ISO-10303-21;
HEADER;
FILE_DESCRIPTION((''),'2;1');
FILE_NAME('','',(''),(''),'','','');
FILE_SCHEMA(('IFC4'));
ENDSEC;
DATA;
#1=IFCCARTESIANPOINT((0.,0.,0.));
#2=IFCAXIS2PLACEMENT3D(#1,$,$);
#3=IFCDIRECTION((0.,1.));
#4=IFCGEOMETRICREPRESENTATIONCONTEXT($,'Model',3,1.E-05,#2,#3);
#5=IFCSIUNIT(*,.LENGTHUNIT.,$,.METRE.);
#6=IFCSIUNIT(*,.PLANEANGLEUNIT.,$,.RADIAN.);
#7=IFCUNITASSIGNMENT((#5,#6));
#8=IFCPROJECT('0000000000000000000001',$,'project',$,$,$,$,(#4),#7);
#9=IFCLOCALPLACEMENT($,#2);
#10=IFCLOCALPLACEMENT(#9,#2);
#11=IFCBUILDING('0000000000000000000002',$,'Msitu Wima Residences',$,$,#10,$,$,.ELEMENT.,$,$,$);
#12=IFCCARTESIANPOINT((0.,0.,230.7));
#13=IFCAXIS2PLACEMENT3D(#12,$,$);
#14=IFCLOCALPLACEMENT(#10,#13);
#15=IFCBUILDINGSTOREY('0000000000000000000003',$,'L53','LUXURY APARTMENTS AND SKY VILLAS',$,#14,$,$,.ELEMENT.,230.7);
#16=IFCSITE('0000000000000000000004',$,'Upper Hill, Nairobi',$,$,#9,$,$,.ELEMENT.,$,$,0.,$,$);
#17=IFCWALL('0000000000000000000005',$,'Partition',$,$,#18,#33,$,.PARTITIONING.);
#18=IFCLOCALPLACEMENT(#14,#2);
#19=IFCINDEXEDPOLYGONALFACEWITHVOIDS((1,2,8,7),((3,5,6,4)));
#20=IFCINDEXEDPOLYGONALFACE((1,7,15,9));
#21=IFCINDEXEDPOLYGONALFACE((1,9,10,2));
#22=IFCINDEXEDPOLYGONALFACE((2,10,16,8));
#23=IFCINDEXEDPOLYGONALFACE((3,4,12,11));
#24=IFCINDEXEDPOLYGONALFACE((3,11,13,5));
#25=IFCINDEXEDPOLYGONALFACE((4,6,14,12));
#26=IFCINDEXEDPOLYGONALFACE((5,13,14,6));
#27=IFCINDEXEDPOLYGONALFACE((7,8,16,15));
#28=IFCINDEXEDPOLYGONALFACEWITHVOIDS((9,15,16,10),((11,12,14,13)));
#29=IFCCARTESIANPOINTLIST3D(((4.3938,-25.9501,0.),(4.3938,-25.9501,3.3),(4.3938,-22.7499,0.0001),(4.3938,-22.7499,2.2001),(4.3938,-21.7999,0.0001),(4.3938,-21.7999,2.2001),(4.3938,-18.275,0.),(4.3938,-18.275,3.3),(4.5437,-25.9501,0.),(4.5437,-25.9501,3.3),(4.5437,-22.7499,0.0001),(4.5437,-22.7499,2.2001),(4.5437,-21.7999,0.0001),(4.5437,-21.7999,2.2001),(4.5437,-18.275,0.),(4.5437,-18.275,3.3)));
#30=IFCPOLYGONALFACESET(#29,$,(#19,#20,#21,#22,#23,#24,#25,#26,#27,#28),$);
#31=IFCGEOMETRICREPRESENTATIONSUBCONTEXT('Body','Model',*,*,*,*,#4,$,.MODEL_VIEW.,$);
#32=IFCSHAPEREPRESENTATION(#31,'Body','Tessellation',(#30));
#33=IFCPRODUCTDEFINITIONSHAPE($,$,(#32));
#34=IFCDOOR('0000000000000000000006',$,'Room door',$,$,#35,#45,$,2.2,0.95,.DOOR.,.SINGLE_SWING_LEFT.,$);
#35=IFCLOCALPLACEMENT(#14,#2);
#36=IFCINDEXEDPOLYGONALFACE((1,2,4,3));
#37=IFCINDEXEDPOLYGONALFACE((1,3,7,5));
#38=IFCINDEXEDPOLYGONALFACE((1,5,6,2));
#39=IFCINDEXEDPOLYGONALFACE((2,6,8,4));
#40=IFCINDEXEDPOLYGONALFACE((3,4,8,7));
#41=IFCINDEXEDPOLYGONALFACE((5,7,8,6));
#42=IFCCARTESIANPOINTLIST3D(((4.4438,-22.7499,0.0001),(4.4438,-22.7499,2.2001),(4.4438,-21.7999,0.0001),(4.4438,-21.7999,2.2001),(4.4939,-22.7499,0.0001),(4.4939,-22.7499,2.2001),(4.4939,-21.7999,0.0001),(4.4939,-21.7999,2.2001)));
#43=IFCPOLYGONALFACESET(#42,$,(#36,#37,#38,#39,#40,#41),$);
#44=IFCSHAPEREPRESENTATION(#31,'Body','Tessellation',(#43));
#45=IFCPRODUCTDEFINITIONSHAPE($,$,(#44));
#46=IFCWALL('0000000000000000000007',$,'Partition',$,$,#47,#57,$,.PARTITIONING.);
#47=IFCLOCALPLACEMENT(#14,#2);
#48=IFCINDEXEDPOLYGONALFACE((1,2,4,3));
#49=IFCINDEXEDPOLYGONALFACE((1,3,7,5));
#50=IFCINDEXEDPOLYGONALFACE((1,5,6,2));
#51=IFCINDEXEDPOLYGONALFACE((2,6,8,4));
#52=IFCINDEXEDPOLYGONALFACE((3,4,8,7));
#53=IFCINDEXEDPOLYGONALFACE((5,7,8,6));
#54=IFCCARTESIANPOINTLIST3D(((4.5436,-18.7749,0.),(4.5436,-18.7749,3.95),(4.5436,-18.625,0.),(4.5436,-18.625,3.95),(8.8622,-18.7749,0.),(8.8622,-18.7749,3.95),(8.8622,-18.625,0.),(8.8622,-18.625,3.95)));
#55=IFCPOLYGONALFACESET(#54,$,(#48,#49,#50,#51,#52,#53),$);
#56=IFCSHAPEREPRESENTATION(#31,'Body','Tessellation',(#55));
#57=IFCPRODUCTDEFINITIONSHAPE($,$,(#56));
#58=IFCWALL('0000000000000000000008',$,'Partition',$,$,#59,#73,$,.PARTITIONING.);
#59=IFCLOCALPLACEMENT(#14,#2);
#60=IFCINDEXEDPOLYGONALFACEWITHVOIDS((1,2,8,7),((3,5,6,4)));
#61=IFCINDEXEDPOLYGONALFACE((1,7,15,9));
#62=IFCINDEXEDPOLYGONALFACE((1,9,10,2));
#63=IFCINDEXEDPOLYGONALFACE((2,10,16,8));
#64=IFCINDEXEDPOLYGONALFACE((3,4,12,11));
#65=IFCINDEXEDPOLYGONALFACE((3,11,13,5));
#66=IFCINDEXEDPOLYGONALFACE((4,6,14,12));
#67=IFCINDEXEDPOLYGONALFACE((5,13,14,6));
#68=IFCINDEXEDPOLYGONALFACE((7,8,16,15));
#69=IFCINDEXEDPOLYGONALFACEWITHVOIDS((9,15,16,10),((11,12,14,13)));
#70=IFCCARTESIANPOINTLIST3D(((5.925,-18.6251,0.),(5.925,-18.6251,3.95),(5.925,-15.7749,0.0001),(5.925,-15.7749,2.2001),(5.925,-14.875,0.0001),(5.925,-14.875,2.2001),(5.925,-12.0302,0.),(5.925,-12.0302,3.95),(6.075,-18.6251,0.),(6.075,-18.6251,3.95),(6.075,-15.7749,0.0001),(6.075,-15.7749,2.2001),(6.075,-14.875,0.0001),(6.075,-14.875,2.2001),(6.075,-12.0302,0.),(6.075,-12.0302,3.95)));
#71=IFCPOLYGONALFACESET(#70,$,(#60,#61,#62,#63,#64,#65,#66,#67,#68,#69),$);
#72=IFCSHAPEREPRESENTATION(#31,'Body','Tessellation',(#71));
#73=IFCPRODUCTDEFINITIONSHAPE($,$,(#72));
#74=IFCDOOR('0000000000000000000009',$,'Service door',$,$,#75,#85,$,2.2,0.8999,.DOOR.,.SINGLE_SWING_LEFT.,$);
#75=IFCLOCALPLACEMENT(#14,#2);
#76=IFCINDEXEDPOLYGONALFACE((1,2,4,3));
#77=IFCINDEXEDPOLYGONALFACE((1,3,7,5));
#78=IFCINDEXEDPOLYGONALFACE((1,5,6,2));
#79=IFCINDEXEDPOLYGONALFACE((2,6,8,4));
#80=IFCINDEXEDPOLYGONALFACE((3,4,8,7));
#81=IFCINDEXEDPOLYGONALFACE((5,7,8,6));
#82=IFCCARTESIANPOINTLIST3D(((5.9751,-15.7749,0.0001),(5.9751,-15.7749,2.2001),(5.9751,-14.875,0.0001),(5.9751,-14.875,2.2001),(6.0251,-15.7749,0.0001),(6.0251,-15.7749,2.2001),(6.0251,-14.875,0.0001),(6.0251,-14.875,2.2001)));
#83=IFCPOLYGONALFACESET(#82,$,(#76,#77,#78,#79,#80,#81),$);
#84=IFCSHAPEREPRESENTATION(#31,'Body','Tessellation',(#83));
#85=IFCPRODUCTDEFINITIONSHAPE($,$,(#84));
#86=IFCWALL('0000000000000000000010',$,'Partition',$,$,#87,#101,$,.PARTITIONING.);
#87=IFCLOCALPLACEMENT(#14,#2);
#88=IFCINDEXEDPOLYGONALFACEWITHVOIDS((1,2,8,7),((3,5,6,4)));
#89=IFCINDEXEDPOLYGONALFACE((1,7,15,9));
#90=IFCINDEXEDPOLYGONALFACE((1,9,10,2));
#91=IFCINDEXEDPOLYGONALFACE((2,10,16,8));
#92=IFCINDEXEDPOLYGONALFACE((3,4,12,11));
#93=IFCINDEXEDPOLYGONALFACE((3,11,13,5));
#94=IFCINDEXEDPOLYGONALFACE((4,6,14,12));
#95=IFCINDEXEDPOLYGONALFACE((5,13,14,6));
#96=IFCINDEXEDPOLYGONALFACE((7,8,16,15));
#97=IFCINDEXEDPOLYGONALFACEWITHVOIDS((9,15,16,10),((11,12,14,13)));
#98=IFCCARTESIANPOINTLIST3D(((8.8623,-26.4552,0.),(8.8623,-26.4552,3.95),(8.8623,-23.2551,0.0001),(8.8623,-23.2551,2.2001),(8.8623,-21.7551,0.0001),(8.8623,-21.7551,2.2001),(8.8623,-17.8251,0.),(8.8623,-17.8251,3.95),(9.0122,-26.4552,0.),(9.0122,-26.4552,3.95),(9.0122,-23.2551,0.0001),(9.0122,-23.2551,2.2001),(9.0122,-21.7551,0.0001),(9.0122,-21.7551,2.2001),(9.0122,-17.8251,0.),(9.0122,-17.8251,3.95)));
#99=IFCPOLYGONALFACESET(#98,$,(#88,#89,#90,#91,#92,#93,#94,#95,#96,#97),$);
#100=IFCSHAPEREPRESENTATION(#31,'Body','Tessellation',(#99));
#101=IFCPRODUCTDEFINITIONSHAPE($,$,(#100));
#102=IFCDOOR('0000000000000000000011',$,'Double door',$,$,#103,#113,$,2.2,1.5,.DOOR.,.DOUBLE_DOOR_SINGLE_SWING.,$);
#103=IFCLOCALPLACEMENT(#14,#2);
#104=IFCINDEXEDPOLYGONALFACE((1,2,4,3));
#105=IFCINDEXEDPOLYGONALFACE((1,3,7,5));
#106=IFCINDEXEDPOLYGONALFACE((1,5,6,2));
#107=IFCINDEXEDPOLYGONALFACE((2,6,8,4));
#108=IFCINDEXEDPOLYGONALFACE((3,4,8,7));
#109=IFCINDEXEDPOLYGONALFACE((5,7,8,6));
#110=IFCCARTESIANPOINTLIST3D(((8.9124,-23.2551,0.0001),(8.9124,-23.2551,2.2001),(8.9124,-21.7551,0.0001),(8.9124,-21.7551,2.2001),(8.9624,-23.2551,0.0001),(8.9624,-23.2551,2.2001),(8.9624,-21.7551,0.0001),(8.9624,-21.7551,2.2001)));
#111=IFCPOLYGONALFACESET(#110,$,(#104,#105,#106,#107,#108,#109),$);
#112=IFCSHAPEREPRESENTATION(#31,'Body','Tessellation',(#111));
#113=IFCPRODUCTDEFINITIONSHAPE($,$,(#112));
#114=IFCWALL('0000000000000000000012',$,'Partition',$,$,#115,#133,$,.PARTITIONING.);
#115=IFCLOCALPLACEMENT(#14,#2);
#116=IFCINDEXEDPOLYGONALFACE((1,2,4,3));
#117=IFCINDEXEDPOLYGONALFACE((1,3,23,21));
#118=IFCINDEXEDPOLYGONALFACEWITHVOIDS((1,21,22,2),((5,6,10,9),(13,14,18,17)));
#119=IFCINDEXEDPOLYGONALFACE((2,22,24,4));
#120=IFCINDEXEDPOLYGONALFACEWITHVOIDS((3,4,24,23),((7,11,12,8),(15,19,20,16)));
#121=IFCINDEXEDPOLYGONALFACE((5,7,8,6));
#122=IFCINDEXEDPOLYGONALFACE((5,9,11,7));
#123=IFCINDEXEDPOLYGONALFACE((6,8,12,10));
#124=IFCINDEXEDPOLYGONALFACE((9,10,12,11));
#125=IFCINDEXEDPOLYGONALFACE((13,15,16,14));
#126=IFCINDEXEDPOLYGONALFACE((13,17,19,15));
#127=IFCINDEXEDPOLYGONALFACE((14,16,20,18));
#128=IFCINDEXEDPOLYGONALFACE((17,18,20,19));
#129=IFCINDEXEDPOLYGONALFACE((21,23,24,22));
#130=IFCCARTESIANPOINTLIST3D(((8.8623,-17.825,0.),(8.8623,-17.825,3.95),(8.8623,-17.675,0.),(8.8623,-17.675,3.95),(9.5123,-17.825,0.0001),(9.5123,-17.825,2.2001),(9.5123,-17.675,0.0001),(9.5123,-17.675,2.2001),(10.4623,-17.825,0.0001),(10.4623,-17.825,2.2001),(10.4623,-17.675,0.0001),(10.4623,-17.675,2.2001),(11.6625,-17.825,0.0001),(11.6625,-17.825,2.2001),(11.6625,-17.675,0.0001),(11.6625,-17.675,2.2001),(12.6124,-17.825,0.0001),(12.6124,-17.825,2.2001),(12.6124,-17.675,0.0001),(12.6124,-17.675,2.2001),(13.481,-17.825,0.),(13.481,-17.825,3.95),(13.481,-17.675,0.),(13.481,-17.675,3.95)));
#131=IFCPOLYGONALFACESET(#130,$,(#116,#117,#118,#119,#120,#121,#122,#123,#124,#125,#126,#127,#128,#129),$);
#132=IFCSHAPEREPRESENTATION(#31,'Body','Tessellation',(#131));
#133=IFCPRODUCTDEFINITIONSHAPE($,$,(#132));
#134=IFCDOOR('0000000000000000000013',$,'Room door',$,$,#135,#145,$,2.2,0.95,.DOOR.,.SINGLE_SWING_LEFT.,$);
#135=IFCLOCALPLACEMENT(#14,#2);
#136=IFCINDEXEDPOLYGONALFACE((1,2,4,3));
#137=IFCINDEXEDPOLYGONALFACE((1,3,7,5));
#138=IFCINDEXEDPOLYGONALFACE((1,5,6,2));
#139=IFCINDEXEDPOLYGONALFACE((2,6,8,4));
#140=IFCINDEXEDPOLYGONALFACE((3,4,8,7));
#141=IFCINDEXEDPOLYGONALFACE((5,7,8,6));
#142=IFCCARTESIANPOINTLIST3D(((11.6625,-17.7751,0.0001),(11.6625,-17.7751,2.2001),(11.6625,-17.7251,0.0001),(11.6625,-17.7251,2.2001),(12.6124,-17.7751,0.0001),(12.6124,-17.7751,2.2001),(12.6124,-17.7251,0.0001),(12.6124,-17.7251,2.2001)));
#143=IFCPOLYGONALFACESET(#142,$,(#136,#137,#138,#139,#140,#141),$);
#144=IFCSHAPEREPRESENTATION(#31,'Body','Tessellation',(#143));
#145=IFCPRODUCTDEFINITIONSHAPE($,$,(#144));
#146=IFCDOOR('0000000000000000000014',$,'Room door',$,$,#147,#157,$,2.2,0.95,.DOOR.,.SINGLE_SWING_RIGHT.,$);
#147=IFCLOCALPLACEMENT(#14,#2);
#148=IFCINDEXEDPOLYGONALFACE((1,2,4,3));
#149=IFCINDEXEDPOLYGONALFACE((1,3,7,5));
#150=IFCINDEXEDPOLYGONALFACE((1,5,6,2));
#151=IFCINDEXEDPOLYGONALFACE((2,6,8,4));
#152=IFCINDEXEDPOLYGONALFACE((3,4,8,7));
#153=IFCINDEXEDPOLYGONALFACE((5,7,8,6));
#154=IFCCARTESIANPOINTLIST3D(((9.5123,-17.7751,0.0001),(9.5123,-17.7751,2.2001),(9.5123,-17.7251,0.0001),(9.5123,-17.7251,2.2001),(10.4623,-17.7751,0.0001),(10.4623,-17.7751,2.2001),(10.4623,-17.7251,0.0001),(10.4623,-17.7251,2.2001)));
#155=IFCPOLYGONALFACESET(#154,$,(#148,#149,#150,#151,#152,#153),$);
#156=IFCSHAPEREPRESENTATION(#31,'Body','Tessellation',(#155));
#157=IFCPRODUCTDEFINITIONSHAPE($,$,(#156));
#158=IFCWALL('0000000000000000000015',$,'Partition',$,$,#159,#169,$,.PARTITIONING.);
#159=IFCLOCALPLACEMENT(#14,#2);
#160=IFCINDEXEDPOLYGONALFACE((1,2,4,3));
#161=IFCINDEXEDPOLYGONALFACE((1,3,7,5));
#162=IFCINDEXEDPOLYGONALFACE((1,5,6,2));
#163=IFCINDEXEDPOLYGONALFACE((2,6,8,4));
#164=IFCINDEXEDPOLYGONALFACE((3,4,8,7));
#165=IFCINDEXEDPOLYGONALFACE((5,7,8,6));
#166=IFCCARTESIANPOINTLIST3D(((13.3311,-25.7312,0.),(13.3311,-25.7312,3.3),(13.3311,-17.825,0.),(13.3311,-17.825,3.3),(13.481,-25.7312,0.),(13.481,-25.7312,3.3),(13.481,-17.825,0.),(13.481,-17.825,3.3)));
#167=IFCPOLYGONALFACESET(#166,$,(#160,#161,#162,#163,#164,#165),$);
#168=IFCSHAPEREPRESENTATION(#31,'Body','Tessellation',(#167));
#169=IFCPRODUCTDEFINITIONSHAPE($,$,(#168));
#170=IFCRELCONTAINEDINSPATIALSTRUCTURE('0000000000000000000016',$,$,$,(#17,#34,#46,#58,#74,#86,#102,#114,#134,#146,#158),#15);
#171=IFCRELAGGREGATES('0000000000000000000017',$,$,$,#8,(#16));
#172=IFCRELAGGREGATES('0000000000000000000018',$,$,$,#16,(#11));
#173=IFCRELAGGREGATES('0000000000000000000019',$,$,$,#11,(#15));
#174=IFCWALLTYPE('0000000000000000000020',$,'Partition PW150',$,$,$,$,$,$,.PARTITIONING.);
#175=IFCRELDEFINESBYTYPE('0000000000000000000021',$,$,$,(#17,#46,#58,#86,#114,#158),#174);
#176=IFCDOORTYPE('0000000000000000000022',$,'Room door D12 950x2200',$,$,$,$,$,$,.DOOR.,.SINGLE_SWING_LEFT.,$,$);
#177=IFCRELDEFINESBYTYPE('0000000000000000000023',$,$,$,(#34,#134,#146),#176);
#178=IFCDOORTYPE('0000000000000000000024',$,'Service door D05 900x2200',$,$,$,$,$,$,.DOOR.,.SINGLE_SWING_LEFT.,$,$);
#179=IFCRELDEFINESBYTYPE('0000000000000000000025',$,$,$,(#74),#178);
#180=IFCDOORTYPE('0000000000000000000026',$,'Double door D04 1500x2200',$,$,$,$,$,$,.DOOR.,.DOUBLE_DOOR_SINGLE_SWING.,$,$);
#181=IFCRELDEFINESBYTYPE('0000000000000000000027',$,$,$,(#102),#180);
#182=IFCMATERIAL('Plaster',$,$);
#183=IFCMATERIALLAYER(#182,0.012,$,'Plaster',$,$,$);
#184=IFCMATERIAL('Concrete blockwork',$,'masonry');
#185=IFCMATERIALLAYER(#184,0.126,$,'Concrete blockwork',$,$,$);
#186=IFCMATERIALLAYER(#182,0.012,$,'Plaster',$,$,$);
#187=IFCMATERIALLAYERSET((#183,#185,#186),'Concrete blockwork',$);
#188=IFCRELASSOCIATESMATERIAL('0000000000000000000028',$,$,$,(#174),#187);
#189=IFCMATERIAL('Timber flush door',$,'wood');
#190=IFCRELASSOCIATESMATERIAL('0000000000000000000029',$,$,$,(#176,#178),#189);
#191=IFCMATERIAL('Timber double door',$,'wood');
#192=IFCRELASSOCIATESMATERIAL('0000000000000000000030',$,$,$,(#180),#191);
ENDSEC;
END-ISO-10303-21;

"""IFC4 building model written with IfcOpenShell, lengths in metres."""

from ifc_helpers import new_model, si_unit, direction, frame, frame_2d, origin, place, context, subcontext, project, spatial, rectangle, extrude, material, layer, layer_set, type_object, element, fill, save


model = new_model("IFC4")

# Units and contexts
model_context = context("Model", 3, precision=1e-05, world=origin(), true_north=direction((0.0, 1.0)))
body_context = subcontext(model_context, "Body", "Model", "MODEL_VIEW")
ifc_project = project(units=[si_unit("LENGTHUNIT", "METRE"), si_unit("PLANEANGLEUNIT", "RADIAN")], contexts=[model_context])

# Site, building, storey
site_placement = place(None, origin())
site = spatial("IfcSite", under=ifc_project, at=site_placement, Name="Upper Hill, Nairobi", CompositionType="ELEMENT", RefElevation=0.0)
building_placement = place(site_placement, origin())
building = spatial("IfcBuilding", under=site, at=building_placement, Name="Msitu Wima Residences", CompositionType="ELEMENT")
storey_placement = place(building_placement, frame((0.0, 0.0, 230.7)))
storey = spatial("IfcBuildingStorey", under=building, at=storey_placement, Name="L53", Description="LUXURY APARTMENTS AND SKY VILLAS", CompositionType="ELEMENT", Elevation=230.7)

# Shared definitions
ifc_material_1 = material(Name="Plaster")
ifc_layer_1 = layer(ifc_material_1, 0.012, Name="Plaster")
ifc_material_2 = material(Name="Concrete blockwork", Category="masonry")
ifc_layer_2 = layer(ifc_material_2, 0.126, Name="Concrete blockwork")
ifc_layer_3 = layer(ifc_material_1, 0.012, Name="Plaster")
ifc_layer_set_1 = layer_set([ifc_layer_1, ifc_layer_2, ifc_layer_3], Name="Concrete blockwork")
wall_type_1 = type_object("IfcWallType", Name="Partition PW150", PredefinedType="PARTITIONING", material=ifc_layer_set_1)

# Wall, opening, door
wall_1_placement = place(storey_placement, frame((4.4688, -25.95, 0.0), z_axis=(0.0, 0.0, 1.0), x_axis=(0.0, 1.0, 0.0)))
wall_1 = element("IfcWall", 1, at=wall_1_placement, inside=storey, type_object=wall_type_1, Name="Partition", PredefinedType="PARTITIONING", context=body_context, shape_type="SweptSolid", body=[
    extrude(rectangle(XDim=7.675, YDim=0.1499, at=frame_2d((3.8374, 0.0))), origin(), (0.0, 0.0, 1.0), 3.3),
])
opening_1_placement = place(wall_1_placement, frame((3.2, 0.0, 0.0)))
opening_1 = element("IfcOpeningElement", 2, at=opening_1_placement, cuts=wall_1, PredefinedType="OPENING", context=body_context, shape_type="SweptSolid", body=[
    extrude(rectangle(XDim=0.95, YDim=2.2, at=frame_2d((0.4751, 1.1001))), frame((0.0, 0.085, 0.0), z_axis=(0.0, -1.0, 0.0), x_axis=(1.0, 0.0, 0.0)), (0.0, 0.0, 1.0), 0.1699),
])
ifc_material_3 = material(Name="Timber flush door", Category="wood")
door_type_1 = type_object("IfcDoorType", Name="Room door D12 950x2200", OperationType="SINGLE_SWING_LEFT", PredefinedType="DOOR", material=ifc_material_3)
door_1_placement = place(opening_1_placement, origin())
door_1 = element("IfcDoor", 3, at=door_1_placement, inside=storey, type_object=door_type_1, Name="Room door", OperationType="SINGLE_SWING_LEFT", OverallHeight=2.2, OverallWidth=0.95, PredefinedType="DOOR", context=body_context, shape_type="SweptSolid", body=[
    extrude(rectangle(XDim=0.95, YDim=2.2, at=frame_2d((0.4751, 1.1001))), frame((0.0, 0.0249, 0.0), z_axis=(0.0, -1.0, 0.0), x_axis=(1.0, 0.0, 0.0)), (0.0, 0.0, 1.0), 0.05),
])
fill(opening_1, door_1)

# Wall
wall_2_placement = place(storey_placement, frame((4.5437, -18.7, 0.0), z_axis=(0.0, 0.0, 1.0), x_axis=(1.0, 0.0, 0.0)))
element("IfcWall", 4, at=wall_2_placement, inside=storey, type_object=wall_type_1, Name="Partition", PredefinedType="PARTITIONING", context=body_context, shape_type="SweptSolid", body=[
    extrude(rectangle(XDim=4.3186, YDim=0.1499, at=frame_2d((2.1592, 0.0))), origin(), (0.0, 0.0, 1.0), 3.95),
])

# Walls, openings, doors
wall_3_placement = place(storey_placement, frame((6.0, -18.625, 0.0), z_axis=(0.0, 0.0, 1.0), x_axis=(0.0, 1.0, 0.0)))
wall_3 = element("IfcWall", 5, at=wall_3_placement, inside=storey, type_object=wall_type_1, Name="Partition", PredefinedType="PARTITIONING", context=body_context, shape_type="SweptSolid", body=[
    extrude(rectangle(XDim=6.595, YDim=0.1499, at=frame_2d((3.2974, 0.0))), origin(), (0.0, 0.0, 1.0), 3.95),
])
opening_2_placement = place(wall_3_placement, frame((2.8501, 0.0, 0.0)))
opening_2 = element("IfcOpeningElement", 6, at=opening_2_placement, cuts=wall_3, PredefinedType="OPENING", context=body_context, shape_type="SweptSolid", body=[
    extrude(rectangle(XDim=0.8999, YDim=2.2, at=frame_2d((0.45, 1.1001))), frame((0.0, 0.085, 0.0), z_axis=(0.0, -1.0, 0.0), x_axis=(1.0, 0.0, 0.0)), (0.0, 0.0, 1.0), 0.1699),
])
door_type_2 = type_object("IfcDoorType", Name="Service door D05 900x2200", OperationType="SINGLE_SWING_LEFT", PredefinedType="DOOR", material=ifc_material_3)
door_2_placement = place(opening_2_placement, origin())
door_2 = element("IfcDoor", 7, at=door_2_placement, inside=storey, type_object=door_type_2, Name="Service door", OperationType="SINGLE_SWING_LEFT", OverallHeight=2.2, OverallWidth=0.8999, PredefinedType="DOOR", context=body_context, shape_type="SweptSolid", body=[
    extrude(rectangle(XDim=0.8999, YDim=2.2, at=frame_2d((0.45, 1.1001))), frame((0.0, 0.0249, 0.0), z_axis=(0.0, -1.0, 0.0), x_axis=(1.0, 0.0, 0.0)), (0.0, 0.0, 1.0), 0.05),
])
fill(opening_2, door_2)
wall_4_placement = place(storey_placement, frame((8.9373, -26.4551, 0.0), z_axis=(0.0, 0.0, 1.0), x_axis=(0.0, 1.0, 0.0)))
wall_4 = element("IfcWall", 8, at=wall_4_placement, inside=storey, type_object=wall_type_1, Name="Partition", PredefinedType="PARTITIONING", context=body_context, shape_type="SweptSolid", body=[
    extrude(rectangle(XDim=8.6301, YDim=0.1499, at=frame_2d((4.3149, 0.0))), origin(), (0.0, 0.0, 1.0), 3.95),
])
opening_3_placement = place(wall_4_placement, frame((3.2, 0.0, 0.0)))
opening_3 = element("IfcOpeningElement", 9, at=opening_3_placement, cuts=wall_4, PredefinedType="OPENING", context=body_context, shape_type="SweptSolid", body=[
    extrude(rectangle(XDim=1.5, YDim=2.2, at=frame_2d((0.75, 1.1001))), frame((0.0, 0.085, 0.0), z_axis=(0.0, -1.0, 0.0), x_axis=(1.0, 0.0, 0.0)), (0.0, 0.0, 1.0), 0.1699),
])
ifc_material_4 = material(Name="Timber double door", Category="wood")
door_type_3 = type_object("IfcDoorType", Name="Double door D04 1500x2200", OperationType="DOUBLE_DOOR_SINGLE_SWING", PredefinedType="DOOR", material=ifc_material_4)
door_3_placement = place(opening_3_placement, origin())
door_3 = element("IfcDoor", 10, at=door_3_placement, inside=storey, type_object=door_type_3, Name="Double door", OperationType="DOUBLE_DOOR_SINGLE_SWING", OverallHeight=2.2, OverallWidth=1.5, PredefinedType="DOOR", context=body_context, shape_type="SweptSolid", body=[
    extrude(rectangle(XDim=1.5, YDim=2.2, at=frame_2d((0.75, 1.1001))), frame((0.0, 0.0249, 0.0), z_axis=(0.0, -1.0, 0.0), x_axis=(1.0, 0.0, 0.0)), (0.0, 0.0, 1.0), 0.05),
])
fill(opening_3, door_3)

# Wall, openings, doors
wall_5_placement = place(storey_placement, frame((8.8623, -17.75, 0.0), z_axis=(0.0, 0.0, 1.0), x_axis=(1.0, 0.0, 0.0)))
wall_5 = element("IfcWall", 11, at=wall_5_placement, inside=storey, type_object=wall_type_1, Name="Partition", PredefinedType="PARTITIONING", context=body_context, shape_type="SweptSolid", body=[
    extrude(rectangle(XDim=4.6187, YDim=0.1499, at=frame_2d((2.3093, 0.0))), origin(), (0.0, 0.0, 1.0), 3.95),
])
opening_4_placement = place(wall_5_placement, frame((2.8, 0.0, 0.0)))
opening_4 = element("IfcOpeningElement", 12, at=opening_4_placement, cuts=wall_5, PredefinedType="OPENING", context=body_context, shape_type="SweptSolid", body=[
    extrude(rectangle(XDim=0.95, YDim=2.2, at=frame_2d((0.4751, 1.1001))), frame((0.0, 0.085, 0.0), z_axis=(0.0, -1.0, 0.0), x_axis=(1.0, 0.0, 0.0)), (0.0, 0.0, 1.0), 0.1699),
])
opening_5_placement = place(wall_5_placement, frame((0.6499, 0.0, 0.0)))
opening_5 = element("IfcOpeningElement", 13, at=opening_5_placement, cuts=wall_5, PredefinedType="OPENING", context=body_context, shape_type="SweptSolid", body=[
    extrude(rectangle(XDim=0.95, YDim=2.2, at=frame_2d((0.4751, 1.1001))), frame((0.0, 0.085, 0.0), z_axis=(0.0, -1.0, 0.0), x_axis=(1.0, 0.0, 0.0)), (0.0, 0.0, 1.0), 0.1699),
])
door_4_placement = place(opening_4_placement, origin())
door_4 = element("IfcDoor", 14, at=door_4_placement, inside=storey, type_object=door_type_1, Name="Room door", OperationType="SINGLE_SWING_LEFT", OverallHeight=2.2, OverallWidth=0.95, PredefinedType="DOOR", context=body_context, shape_type="SweptSolid", body=[
    extrude(rectangle(XDim=0.95, YDim=2.2, at=frame_2d((0.4751, 1.1001))), frame((0.0, 0.0249, 0.0), z_axis=(0.0, -1.0, 0.0), x_axis=(1.0, 0.0, 0.0)), (0.0, 0.0, 1.0), 0.05),
])
fill(opening_4, door_4)
door_5_placement = place(opening_5_placement, origin())
door_5 = element("IfcDoor", 15, at=door_5_placement, inside=storey, type_object=door_type_1, Name="Room door", OperationType="SINGLE_SWING_RIGHT", OverallHeight=2.2, OverallWidth=0.95, PredefinedType="DOOR", context=body_context, shape_type="SweptSolid", body=[
    extrude(rectangle(XDim=0.95, YDim=2.2, at=frame_2d((0.4751, 1.1001))), frame((0.0, 0.0249, 0.0), z_axis=(0.0, -1.0, 0.0), x_axis=(1.0, 0.0, 0.0)), (0.0, 0.0, 1.0), 0.05),
])
fill(opening_5, door_5)

# Wall
wall_6_placement = place(storey_placement, frame((13.406, -25.7312, 0.0), z_axis=(0.0, 0.0, 1.0), x_axis=(0.0, 1.0, 0.0)))
element("IfcWall", 16, at=wall_6_placement, inside=storey, type_object=wall_type_1, Name="Partition", PredefinedType="PARTITIONING", context=body_context, shape_type="SweptSolid", body=[
    extrude(rectangle(XDim=7.9062, YDim=0.1499, at=frame_2d((3.9531, 0.0))), origin(), (0.0, 0.0, 1.0), 3.3),
])

save(model, "model.ifc")
